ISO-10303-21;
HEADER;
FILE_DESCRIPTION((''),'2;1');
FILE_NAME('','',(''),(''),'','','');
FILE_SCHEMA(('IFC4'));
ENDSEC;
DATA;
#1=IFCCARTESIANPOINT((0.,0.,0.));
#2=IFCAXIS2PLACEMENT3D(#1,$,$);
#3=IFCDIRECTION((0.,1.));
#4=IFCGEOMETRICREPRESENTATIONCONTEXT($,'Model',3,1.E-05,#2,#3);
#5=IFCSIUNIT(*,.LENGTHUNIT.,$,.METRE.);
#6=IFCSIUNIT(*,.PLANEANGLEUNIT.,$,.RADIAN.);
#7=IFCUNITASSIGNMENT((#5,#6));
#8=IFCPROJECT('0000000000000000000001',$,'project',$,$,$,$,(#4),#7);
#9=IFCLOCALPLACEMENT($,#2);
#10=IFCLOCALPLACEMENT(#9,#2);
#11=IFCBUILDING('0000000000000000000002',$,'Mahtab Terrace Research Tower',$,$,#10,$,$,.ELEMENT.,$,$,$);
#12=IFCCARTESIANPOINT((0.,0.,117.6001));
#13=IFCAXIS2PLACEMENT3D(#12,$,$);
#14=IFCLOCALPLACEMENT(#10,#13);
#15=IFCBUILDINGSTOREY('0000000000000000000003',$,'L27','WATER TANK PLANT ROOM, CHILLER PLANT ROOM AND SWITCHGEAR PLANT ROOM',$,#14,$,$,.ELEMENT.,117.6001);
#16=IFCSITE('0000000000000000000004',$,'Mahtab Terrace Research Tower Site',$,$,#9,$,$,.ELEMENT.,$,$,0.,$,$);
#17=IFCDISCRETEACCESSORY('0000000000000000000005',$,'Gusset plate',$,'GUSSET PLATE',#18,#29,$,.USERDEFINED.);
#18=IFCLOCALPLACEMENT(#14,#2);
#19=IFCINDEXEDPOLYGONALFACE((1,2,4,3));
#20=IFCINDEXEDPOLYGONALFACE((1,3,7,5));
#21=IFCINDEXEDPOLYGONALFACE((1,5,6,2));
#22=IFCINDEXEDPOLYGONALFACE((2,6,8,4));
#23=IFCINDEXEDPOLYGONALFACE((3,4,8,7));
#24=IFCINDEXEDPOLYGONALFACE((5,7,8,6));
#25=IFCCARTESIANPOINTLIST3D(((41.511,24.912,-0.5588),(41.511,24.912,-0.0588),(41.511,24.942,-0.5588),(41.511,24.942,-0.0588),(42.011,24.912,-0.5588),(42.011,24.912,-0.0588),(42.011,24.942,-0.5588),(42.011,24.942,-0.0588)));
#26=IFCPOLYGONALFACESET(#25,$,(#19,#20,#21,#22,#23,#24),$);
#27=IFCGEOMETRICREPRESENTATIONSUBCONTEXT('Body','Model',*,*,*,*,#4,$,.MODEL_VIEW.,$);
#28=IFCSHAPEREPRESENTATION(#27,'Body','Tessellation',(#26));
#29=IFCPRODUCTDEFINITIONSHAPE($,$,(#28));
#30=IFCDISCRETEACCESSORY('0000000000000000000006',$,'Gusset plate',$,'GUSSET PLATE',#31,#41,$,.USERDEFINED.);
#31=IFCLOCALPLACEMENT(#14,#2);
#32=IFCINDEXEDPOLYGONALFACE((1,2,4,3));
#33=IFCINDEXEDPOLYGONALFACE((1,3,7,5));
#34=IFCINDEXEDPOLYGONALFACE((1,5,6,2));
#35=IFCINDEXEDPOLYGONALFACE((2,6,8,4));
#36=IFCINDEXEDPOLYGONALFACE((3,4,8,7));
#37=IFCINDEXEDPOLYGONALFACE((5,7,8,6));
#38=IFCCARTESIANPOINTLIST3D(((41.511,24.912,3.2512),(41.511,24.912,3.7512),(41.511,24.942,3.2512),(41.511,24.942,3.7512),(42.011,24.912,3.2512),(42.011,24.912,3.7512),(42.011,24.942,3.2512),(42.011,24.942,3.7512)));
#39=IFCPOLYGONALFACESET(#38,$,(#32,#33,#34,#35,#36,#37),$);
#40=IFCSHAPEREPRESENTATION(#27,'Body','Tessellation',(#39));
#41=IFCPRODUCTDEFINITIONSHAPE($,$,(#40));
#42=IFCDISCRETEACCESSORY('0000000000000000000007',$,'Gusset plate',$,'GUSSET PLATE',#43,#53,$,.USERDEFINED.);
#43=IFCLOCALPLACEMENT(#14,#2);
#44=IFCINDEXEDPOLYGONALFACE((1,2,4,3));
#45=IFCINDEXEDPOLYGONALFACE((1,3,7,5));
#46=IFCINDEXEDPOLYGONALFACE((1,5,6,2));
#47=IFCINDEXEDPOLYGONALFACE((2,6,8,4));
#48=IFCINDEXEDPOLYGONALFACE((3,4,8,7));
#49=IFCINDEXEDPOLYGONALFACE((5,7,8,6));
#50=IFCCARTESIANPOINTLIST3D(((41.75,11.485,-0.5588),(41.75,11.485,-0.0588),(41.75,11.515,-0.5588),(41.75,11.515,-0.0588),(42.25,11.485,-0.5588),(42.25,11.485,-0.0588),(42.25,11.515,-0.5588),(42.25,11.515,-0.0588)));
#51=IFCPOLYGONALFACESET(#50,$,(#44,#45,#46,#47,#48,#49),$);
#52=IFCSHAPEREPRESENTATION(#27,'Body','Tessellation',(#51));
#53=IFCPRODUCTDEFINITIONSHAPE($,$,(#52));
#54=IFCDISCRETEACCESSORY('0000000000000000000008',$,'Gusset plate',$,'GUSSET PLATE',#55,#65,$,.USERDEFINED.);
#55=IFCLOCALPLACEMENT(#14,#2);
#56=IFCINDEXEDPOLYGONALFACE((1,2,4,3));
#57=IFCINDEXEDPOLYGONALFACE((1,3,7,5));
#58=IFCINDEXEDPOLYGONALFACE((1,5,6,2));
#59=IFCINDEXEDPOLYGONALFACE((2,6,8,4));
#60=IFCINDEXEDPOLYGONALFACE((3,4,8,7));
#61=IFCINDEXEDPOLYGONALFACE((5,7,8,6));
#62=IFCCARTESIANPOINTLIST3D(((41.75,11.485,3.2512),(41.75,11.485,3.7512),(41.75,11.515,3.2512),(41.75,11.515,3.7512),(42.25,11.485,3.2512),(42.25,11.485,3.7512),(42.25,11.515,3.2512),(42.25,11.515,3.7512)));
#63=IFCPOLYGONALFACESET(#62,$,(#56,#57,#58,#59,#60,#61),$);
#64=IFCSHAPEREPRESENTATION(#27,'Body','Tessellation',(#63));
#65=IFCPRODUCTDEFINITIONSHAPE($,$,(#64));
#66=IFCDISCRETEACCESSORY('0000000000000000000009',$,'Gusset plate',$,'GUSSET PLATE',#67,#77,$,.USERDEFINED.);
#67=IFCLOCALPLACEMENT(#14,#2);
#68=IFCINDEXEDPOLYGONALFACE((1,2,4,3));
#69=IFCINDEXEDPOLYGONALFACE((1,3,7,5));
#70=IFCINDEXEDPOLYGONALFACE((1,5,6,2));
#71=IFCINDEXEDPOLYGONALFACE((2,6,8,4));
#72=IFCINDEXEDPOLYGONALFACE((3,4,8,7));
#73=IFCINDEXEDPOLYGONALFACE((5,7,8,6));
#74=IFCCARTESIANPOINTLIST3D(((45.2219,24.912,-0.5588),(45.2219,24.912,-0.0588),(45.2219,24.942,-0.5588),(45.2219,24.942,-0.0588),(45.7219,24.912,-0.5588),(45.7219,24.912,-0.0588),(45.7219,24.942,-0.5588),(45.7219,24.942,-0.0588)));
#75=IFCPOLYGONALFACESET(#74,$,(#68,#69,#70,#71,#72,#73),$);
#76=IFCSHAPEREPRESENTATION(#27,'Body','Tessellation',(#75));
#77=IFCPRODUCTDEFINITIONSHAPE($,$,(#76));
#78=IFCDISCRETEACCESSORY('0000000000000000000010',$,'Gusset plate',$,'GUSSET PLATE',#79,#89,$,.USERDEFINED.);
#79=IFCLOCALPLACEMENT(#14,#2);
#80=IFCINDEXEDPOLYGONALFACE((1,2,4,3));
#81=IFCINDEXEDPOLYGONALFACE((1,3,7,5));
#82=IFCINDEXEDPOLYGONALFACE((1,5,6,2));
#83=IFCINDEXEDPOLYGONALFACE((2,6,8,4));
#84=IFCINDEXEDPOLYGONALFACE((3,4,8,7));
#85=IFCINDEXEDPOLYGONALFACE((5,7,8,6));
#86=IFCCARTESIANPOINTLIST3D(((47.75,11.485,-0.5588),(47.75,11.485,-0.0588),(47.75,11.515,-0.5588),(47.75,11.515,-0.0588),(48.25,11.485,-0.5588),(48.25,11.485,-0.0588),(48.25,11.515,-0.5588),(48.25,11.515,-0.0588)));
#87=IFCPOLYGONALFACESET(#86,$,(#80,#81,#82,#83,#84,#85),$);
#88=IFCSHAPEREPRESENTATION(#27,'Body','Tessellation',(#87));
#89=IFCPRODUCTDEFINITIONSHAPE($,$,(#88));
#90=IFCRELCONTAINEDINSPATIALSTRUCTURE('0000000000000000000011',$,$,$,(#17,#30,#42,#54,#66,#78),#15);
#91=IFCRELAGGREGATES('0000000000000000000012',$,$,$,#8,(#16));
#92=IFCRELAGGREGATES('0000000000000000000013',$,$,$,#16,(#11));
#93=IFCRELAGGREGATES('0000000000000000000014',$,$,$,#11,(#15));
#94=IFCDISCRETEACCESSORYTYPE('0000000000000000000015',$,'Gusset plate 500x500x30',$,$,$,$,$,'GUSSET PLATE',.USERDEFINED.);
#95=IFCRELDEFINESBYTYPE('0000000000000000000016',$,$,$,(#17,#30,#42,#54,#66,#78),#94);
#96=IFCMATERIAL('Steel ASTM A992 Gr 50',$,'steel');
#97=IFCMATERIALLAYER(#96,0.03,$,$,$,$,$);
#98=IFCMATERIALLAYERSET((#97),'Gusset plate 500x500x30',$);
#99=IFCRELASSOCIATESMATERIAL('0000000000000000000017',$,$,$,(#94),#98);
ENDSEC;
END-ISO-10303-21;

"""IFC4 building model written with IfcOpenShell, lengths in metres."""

from ifc_helpers import new_model, si_unit, direction, frame, origin, origin_2d, place, context, subcontext, project, spatial, rectangle, extrude, material, layer, layer_set, type_object, element, save


model = new_model("IFC4")

# Units and contexts
model_context = context("Model", 3, precision=1e-05, world=origin(), true_north=direction((0.0, 1.0)))
body_context = subcontext(model_context, "Body", "Model", "MODEL_VIEW")
ifc_project = project(units=[si_unit("LENGTHUNIT", "METRE"), si_unit("PLANEANGLEUNIT", "RADIAN")], contexts=[model_context])

# Site, building, storey
site_placement = place(None, origin())
site = spatial("IfcSite", under=ifc_project, at=site_placement, Name="Mahtab Terrace Research Tower Site", CompositionType="ELEMENT", RefElevation=0.0)
building_placement = place(site_placement, origin())
building = spatial("IfcBuilding", under=site, at=building_placement, Name="Mahtab Terrace Research Tower", CompositionType="ELEMENT")
storey_placement = place(building_placement, frame((0.0, 0.0, 117.6001)))
storey = spatial("IfcBuildingStorey", under=building, at=storey_placement, Name="L27", Description="WATER TANK PLANT ROOM, CHILLER PLANT ROOM AND SWITCHGEAR PLANT ROOM", CompositionType="ELEMENT", Elevation=117.6001)

# Shared definitions
ifc_material_1 = material(Name="Steel ASTM A992 Gr 50", Category="steel")

# Discrete accessories
ifc_layer_1 = layer(ifc_material_1, 0.03)
ifc_layer_set_1 = layer_set([ifc_layer_1], Name="Gusset plate 500x500x30")
discrete_accessory_type = type_object("IfcDiscreteAccessoryType", Name="Gusset plate 500x500x30", ElementType="GUSSET PLATE", PredefinedType="USERDEFINED", material=ifc_layer_set_1)
for number, where, z_axis, x_axis, name in (
    (1, (41.761, 24.927, -0.5588), (0.0, 0.0, 1.0), (1.0, 0.0, 0.0), "Gusset plate"),
    (2, (41.761, 24.927, 3.2512), (0.0, 0.0, 1.0), (1.0, 0.0, 0.0), "Gusset plate"),
    (3, (42.0, 11.5, -0.5588), (0.0, 0.0, 1.0), (1.0, 0.0, 0.0), "Gusset plate"),
    (4, (42.0, 11.5, 3.2512), (0.0, 0.0, 1.0), (1.0, 0.0, 0.0), "Gusset plate"),
    (5, (45.4719, 24.927, -0.5588), (0.0, 0.0, 1.0), (1.0, 0.0, 0.0), "Gusset plate"),
    (6, (48.0, 11.5, -0.5588), (0.0, 0.0, 1.0), (1.0, 0.0, 0.0), "Gusset plate"),
):
    element("IfcDiscreteAccessory", number, at=place(storey_placement, frame(where, z_axis=z_axis, x_axis=x_axis)), inside=storey, type_object=discrete_accessory_type, Name=name, ObjectType="GUSSET PLATE", PredefinedType="USERDEFINED", context=body_context, shape_type="SweptSolid", body=[
        extrude(rectangle(XDim=0.5, YDim=0.03, at=origin_2d()), origin(), (0.0, 0.0, 1.0), 0.5),
    ])

save(model, "model.ifc")
